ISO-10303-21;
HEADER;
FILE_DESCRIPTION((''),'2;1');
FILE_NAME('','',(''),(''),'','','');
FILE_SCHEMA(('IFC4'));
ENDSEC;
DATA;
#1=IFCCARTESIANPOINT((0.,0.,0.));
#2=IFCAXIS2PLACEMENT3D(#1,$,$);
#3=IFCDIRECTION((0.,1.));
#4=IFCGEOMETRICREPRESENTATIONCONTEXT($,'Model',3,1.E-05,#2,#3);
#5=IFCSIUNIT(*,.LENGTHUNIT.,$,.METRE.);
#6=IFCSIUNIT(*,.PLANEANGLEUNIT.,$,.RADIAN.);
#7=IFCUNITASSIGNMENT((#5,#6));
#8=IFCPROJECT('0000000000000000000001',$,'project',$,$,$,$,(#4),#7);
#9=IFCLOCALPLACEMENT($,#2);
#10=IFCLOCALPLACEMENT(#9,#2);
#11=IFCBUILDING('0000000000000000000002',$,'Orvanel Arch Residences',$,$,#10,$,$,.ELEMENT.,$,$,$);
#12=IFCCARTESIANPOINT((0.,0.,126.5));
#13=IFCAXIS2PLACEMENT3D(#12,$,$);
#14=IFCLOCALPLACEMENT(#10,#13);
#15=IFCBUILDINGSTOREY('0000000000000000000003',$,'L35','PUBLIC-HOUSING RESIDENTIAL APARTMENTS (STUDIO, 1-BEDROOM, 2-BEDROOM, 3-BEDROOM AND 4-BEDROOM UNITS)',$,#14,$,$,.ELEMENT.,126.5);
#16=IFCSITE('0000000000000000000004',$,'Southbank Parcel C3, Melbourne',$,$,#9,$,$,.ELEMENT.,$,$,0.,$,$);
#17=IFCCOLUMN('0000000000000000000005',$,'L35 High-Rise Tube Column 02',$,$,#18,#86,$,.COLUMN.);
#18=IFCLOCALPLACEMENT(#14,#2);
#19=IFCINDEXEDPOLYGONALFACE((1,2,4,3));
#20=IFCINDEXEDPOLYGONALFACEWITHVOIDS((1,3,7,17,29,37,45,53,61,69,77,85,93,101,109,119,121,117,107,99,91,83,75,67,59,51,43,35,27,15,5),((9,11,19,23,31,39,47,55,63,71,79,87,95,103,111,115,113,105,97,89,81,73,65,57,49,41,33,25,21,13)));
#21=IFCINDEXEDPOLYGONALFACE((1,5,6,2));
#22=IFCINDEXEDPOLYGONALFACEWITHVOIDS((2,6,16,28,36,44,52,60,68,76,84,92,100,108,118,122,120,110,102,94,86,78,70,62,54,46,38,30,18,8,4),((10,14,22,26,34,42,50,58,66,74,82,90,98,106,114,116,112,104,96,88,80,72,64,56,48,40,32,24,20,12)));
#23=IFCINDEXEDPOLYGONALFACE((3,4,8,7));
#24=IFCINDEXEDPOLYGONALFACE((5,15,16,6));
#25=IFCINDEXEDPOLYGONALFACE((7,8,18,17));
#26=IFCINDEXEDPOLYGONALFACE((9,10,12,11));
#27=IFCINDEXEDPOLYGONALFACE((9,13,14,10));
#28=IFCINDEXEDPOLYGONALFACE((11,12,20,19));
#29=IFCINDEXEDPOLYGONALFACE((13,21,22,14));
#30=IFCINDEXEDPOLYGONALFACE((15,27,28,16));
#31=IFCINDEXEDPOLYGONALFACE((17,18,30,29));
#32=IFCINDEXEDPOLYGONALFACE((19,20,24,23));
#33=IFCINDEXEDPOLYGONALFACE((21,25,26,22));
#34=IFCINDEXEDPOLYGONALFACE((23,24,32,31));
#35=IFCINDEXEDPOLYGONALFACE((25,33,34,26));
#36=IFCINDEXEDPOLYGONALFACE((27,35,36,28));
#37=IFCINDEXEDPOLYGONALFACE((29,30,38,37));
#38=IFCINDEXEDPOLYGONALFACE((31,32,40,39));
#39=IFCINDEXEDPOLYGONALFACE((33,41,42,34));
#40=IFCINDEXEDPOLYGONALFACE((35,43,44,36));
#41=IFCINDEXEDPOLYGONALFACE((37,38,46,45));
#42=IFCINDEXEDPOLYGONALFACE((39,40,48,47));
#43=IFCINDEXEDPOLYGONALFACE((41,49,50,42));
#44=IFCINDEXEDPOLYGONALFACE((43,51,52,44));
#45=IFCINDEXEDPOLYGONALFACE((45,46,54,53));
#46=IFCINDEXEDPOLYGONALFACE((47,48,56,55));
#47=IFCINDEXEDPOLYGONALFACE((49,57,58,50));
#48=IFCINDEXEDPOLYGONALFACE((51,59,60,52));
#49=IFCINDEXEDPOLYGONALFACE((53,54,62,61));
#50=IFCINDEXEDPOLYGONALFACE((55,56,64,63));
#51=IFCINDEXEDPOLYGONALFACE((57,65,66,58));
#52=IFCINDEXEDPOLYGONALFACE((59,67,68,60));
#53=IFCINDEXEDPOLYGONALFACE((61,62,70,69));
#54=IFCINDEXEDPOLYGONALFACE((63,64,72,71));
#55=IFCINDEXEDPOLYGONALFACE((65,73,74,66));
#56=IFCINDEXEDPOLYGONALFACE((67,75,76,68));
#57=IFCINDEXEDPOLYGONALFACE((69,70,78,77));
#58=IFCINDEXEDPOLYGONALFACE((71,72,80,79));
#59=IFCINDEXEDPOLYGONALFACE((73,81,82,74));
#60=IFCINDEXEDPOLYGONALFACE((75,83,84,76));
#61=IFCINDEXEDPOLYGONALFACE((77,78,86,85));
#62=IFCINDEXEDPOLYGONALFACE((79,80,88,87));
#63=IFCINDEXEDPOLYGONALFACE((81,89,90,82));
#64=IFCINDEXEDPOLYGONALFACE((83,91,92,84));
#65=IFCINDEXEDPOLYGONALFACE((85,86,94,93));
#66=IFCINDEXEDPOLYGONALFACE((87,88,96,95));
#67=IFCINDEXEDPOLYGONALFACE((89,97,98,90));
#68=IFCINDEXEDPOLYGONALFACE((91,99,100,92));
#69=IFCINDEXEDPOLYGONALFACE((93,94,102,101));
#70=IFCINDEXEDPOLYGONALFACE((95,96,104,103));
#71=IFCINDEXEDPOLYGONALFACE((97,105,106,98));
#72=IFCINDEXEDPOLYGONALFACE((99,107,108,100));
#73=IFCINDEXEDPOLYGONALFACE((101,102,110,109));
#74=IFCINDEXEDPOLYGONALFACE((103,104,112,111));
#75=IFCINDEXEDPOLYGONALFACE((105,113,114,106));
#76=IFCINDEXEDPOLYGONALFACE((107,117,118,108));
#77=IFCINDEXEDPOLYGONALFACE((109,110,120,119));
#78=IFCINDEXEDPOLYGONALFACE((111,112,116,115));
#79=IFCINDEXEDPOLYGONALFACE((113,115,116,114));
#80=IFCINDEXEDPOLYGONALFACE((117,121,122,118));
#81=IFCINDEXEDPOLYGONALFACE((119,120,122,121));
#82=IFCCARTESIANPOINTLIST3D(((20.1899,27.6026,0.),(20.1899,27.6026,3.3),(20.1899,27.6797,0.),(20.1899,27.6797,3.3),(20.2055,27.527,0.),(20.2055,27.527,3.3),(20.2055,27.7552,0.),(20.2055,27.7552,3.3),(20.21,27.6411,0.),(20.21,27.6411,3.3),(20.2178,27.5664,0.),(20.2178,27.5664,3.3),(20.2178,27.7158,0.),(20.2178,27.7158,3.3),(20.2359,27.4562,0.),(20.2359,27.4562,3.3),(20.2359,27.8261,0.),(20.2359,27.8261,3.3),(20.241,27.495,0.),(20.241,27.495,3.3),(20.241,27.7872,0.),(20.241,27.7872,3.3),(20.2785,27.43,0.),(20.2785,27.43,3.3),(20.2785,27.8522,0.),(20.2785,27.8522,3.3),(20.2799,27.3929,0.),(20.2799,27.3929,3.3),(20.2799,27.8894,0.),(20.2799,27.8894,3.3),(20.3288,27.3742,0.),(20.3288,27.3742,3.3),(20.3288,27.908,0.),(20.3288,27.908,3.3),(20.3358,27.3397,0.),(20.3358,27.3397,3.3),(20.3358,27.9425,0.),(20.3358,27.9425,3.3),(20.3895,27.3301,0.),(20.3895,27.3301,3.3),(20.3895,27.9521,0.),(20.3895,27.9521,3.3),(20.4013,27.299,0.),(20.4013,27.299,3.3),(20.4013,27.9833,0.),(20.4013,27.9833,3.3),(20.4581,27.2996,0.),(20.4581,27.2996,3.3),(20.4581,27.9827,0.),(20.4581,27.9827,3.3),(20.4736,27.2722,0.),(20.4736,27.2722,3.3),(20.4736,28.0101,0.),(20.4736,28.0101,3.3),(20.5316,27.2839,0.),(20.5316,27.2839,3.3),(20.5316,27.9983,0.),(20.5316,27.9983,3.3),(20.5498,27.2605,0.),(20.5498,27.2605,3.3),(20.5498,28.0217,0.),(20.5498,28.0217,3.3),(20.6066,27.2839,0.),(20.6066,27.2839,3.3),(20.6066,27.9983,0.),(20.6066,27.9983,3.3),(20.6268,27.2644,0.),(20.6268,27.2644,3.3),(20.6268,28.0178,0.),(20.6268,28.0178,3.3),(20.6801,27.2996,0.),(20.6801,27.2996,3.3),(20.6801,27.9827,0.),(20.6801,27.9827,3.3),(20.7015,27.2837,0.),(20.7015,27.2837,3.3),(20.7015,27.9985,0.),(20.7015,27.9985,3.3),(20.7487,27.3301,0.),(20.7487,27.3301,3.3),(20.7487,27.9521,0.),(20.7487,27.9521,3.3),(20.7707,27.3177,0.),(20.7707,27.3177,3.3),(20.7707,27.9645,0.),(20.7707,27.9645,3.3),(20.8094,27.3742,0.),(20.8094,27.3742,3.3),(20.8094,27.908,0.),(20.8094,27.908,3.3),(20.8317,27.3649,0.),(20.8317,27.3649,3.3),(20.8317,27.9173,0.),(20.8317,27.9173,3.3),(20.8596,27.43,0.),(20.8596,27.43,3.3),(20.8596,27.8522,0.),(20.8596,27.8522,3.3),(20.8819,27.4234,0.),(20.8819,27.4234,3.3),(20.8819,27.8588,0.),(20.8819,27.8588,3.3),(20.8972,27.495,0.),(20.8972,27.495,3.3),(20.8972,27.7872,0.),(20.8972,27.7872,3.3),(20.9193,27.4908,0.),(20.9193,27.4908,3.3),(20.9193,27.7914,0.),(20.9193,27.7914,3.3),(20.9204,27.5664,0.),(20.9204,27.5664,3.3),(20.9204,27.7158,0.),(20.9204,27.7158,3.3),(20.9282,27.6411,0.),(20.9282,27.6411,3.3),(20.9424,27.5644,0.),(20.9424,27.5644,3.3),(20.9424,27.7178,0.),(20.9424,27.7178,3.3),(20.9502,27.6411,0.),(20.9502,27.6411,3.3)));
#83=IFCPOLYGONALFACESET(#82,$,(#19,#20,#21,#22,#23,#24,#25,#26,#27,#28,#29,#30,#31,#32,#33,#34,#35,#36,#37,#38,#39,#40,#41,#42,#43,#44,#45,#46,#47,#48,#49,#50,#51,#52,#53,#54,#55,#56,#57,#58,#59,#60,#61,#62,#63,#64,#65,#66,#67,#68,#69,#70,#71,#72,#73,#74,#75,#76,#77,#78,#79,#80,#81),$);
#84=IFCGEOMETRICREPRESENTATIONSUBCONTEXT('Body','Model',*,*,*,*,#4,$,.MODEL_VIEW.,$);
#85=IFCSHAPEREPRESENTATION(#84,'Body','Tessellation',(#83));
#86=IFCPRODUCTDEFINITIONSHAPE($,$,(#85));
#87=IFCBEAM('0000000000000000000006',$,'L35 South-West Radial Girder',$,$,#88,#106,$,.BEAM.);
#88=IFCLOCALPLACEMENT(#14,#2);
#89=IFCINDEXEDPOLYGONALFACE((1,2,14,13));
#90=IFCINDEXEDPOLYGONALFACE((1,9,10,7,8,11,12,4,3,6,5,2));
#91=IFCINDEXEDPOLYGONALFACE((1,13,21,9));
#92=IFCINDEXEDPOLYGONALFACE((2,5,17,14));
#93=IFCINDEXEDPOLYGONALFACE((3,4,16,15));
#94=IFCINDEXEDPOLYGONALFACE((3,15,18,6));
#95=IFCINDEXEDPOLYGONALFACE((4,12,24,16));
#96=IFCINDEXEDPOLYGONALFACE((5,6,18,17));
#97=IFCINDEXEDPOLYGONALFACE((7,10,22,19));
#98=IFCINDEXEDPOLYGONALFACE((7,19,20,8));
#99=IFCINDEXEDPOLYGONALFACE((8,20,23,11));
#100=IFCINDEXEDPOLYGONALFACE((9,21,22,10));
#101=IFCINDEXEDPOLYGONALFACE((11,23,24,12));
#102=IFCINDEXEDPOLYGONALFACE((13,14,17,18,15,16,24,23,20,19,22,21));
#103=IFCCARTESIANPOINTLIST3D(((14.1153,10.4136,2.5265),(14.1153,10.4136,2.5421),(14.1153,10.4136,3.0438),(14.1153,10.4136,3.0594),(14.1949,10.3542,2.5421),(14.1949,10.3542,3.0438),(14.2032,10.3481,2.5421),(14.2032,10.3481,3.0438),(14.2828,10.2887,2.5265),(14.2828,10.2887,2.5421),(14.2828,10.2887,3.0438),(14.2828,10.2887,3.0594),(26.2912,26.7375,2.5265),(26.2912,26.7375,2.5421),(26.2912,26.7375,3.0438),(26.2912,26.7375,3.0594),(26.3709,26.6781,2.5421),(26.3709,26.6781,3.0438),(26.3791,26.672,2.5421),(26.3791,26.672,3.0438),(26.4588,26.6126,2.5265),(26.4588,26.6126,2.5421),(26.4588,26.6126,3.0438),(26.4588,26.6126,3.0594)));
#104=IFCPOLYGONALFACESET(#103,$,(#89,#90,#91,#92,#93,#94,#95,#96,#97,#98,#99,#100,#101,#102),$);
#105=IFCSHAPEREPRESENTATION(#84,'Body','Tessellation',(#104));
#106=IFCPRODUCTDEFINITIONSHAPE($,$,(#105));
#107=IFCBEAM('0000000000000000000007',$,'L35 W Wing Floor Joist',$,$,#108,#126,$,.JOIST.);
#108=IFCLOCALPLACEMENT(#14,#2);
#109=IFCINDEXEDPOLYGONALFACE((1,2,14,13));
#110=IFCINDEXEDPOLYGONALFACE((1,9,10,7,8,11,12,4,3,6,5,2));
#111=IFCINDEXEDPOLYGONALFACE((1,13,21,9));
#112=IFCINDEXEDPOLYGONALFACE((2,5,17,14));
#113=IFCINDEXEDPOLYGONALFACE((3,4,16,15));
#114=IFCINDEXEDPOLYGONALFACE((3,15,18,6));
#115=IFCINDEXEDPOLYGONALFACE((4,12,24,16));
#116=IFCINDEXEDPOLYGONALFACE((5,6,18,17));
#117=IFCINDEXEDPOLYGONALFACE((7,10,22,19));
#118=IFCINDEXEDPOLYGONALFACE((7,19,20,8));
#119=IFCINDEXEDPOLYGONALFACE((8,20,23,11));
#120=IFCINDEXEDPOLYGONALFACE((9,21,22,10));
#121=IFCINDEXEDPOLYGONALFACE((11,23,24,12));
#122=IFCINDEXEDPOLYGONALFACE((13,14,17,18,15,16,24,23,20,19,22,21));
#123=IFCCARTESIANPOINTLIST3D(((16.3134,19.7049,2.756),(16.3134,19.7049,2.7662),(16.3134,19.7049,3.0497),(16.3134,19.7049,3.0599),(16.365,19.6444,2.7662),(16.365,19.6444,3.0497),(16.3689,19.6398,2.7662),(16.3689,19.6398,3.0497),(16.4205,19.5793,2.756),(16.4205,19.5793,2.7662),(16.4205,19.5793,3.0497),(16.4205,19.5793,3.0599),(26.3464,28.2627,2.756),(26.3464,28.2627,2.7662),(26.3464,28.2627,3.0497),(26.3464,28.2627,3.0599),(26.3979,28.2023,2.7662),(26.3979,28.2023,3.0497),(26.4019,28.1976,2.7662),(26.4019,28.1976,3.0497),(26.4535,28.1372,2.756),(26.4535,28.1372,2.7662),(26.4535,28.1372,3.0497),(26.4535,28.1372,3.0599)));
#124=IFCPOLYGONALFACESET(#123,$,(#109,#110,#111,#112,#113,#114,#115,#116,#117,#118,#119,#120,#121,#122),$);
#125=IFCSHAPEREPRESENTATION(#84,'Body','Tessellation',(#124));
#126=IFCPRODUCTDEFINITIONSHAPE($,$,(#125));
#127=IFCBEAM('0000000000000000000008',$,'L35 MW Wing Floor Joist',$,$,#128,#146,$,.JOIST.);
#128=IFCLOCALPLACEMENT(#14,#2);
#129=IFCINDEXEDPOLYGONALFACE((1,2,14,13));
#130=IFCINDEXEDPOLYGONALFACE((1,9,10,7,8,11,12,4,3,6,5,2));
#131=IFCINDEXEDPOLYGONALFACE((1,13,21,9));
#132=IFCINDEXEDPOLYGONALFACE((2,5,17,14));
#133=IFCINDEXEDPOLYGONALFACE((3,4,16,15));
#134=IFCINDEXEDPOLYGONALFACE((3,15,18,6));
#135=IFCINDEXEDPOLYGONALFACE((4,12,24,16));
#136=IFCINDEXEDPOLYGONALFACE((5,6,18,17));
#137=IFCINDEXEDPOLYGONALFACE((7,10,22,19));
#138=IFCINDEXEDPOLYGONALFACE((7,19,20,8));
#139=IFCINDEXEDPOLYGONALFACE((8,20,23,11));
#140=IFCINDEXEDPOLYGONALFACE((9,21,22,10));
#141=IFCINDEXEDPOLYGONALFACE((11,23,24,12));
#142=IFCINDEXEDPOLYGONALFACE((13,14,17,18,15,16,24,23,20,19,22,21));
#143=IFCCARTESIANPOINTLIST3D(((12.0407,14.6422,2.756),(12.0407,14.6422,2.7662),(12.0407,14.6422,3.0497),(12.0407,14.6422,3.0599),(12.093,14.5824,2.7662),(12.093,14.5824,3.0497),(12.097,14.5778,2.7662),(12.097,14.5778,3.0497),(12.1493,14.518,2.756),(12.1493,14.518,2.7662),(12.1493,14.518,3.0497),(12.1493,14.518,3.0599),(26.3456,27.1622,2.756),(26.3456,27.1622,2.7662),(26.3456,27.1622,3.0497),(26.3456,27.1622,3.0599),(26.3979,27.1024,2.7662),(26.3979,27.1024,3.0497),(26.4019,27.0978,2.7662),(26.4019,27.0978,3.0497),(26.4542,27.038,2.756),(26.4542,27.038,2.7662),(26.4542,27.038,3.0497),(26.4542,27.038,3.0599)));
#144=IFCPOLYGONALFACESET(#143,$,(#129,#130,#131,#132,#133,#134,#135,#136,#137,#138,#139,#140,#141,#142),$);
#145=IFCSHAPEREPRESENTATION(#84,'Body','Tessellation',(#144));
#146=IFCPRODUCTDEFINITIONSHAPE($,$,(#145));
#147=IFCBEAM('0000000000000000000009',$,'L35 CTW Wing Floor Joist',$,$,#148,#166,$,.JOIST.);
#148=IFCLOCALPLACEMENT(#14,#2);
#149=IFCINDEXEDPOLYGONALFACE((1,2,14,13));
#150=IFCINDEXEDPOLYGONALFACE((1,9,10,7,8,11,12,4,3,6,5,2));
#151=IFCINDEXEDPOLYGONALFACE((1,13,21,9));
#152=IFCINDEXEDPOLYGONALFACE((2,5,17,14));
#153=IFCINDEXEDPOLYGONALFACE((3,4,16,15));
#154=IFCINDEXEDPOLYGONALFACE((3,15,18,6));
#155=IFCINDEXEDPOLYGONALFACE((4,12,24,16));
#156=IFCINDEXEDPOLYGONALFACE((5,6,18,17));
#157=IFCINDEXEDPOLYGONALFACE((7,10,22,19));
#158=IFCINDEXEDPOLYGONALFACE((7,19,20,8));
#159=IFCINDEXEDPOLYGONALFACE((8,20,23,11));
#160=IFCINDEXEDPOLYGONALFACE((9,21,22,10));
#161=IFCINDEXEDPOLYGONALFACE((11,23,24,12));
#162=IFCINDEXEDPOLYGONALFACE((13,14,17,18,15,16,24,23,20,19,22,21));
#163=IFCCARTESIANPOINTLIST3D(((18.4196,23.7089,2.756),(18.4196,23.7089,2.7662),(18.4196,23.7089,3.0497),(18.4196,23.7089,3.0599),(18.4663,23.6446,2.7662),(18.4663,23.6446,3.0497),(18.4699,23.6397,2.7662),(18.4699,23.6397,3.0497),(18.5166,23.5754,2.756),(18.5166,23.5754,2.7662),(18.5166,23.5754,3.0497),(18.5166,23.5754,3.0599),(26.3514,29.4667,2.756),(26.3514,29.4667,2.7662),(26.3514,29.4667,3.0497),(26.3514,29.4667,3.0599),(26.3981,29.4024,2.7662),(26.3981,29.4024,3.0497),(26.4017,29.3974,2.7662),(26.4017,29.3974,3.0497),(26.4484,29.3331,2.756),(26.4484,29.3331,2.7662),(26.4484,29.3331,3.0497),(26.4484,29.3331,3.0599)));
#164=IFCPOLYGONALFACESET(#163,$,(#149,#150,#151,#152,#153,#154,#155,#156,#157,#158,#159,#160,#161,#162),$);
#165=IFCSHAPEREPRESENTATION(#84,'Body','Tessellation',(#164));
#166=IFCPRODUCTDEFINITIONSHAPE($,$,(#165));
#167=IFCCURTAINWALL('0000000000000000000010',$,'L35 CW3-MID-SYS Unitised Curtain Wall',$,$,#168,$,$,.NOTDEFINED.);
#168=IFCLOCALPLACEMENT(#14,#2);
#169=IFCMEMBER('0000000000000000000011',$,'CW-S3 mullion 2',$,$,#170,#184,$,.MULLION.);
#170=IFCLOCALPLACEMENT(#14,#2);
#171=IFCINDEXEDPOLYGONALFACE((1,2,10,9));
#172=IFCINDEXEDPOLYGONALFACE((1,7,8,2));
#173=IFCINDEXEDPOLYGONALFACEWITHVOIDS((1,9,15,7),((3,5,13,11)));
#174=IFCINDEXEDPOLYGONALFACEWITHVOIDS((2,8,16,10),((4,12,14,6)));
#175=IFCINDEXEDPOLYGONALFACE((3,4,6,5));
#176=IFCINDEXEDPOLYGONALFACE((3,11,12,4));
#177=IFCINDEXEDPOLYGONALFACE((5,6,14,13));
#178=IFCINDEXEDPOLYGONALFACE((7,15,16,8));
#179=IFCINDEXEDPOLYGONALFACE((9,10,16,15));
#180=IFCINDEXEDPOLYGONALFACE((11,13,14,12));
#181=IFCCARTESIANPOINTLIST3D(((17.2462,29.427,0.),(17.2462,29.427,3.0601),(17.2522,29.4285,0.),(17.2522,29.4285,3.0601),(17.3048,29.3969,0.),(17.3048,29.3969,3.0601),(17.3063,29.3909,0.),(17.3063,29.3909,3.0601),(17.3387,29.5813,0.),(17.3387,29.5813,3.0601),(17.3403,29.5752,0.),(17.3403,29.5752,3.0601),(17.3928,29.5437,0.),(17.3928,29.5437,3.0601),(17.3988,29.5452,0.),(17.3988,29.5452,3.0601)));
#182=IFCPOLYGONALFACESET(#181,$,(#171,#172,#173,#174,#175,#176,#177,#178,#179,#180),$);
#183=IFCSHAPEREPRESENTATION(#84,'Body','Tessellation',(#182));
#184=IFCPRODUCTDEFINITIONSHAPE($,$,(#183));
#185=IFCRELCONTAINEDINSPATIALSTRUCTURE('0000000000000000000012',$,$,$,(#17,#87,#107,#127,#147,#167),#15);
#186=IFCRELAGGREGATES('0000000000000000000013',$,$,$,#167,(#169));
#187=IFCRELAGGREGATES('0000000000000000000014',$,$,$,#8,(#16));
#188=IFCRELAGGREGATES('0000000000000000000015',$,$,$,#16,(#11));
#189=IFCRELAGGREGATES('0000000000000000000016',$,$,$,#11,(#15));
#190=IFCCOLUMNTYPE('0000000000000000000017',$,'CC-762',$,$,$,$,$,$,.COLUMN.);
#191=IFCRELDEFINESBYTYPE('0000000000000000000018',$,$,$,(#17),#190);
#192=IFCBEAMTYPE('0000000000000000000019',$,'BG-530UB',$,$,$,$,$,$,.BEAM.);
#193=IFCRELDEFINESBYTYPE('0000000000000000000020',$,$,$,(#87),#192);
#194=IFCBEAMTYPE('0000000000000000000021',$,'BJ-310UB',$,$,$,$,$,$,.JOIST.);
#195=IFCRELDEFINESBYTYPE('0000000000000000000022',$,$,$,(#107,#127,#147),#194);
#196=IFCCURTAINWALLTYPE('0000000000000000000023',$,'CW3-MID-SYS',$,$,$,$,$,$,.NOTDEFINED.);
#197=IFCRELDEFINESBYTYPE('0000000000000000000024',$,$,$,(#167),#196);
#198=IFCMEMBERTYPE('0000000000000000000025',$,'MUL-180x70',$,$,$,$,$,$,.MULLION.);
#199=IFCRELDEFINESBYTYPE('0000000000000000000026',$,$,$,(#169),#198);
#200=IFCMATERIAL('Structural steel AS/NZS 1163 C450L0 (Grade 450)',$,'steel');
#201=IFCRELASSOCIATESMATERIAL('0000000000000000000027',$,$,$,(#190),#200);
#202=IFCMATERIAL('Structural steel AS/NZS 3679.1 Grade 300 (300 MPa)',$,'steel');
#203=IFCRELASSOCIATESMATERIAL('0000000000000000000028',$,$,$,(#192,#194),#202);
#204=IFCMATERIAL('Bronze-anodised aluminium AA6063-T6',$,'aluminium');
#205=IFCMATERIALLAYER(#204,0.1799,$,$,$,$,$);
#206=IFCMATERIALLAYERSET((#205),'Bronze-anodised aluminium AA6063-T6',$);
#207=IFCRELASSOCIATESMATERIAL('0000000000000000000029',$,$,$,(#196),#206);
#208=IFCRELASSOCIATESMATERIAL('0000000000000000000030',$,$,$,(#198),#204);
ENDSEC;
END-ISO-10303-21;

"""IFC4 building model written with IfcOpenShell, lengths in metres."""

from ifc_helpers import new_model, si_unit, direction, frame, origin, origin_2d, place, context, subcontext, project, spatial, hollow_rectangle, hollow_circle, i_section, extrude, material, layer, layer_set, material_profile, profile_set, type_object, element, aggregate, save


model = new_model("IFC4")

# Units and contexts
model_context = context("Model", 3, precision=1e-05, world=origin(), true_north=direction((0.0, 1.0)))
body_context = subcontext(model_context, "Body", "Model", "MODEL_VIEW")
ifc_project = project(units=[si_unit("LENGTHUNIT", "METRE"), si_unit("PLANEANGLEUNIT", "RADIAN")], contexts=[model_context])

# Site, building, storey
site_placement = place(None, origin())
site = spatial("IfcSite", under=ifc_project, at=site_placement, Name="Southbank Parcel C3, Melbourne", CompositionType="ELEMENT", RefElevation=0.0)
building_placement = place(site_placement, origin())
building = spatial("IfcBuilding", under=site, at=building_placement, Name="Orvanel Arch Residences", CompositionType="ELEMENT")
storey_placement = place(building_placement, frame((0.0, 0.0, 126.5)))
storey = spatial("IfcBuildingStorey", under=building, at=storey_placement, Name="L35", Description="PUBLIC-HOUSING RESIDENTIAL APARTMENTS (STUDIO, 1-BEDROOM, 2-BEDROOM, 3-BEDROOM AND 4-BEDROOM UNITS)", CompositionType="ELEMENT", Elevation=126.5)

# Column
ifc_material_1 = material(Name="Structural steel AS/NZS 1163 C450L0 (Grade 450)", Category="steel")
ifc_material_profile_1 = material_profile(ifc_material_1, hollow_circle(Radius=0.3811, WallThickness=0.022, at=origin_2d()), Name="CHS762x22")
ifc_profile_set_1 = profile_set([ifc_material_profile_1], Name="Structural steel AS/NZS 1163 C450L0 (Grade 450)")
column_type = type_object("IfcColumnType", Name="CC-762", PredefinedType="COLUMN", material=ifc_profile_set_1)
column_placement = place(storey_placement, frame((20.5691, 27.6411, 0.0), z_axis=(0.0, 0.0, 1.0), x_axis=(1.0, 0.0, 0.0)))
element("IfcColumn", 1, at=column_placement, inside=storey, type_object=column_type, Name="L35 High-Rise Tube Column 02", PredefinedType="COLUMN", context=body_context, shape_type="SweptSolid", body=[
    extrude(hollow_circle(Radius=0.3811, WallThickness=0.022, at=origin_2d()), origin(), (0.0, 0.0, 1.0), 3.3),
])

# Beams
ifc_material_2 = material(Name="Structural steel AS/NZS 3679.1 Grade 300 (300 MPa)", Category="steel")
ifc_material_profile_2 = material_profile(ifc_material_2, i_section(OverallWidth=0.209, OverallDepth=0.533, WebThickness=0.0103, FlangeThickness=0.0156, at=origin_2d()), Name="530UB92.4")
ifc_profile_set_2 = profile_set([ifc_material_profile_2], Name="Structural steel AS/NZS 3679.1 Grade 300 (300 MPa)")
beam_type_1 = type_object("IfcBeamType", Name="BG-530UB", PredefinedType="BEAM", material=ifc_profile_set_2)
beam_1_placement = place(storey_placement, frame((26.375, 26.675, 2.793), z_axis=(-0.597894, -0.801575, 0.0), x_axis=(0.801575, -0.597894, 0.0)))
element("IfcBeam", 2, at=beam_1_placement, inside=storey, type_object=beam_type_1, Name="L35 South-West Radial Girder", PredefinedType="BEAM", context=body_context, shape_type="SweptSolid", body=[
    extrude(i_section(OverallWidth=0.209, OverallDepth=0.533, WebThickness=0.0103, FlangeThickness=0.0156, at=origin_2d()), origin(), (0.0, 0.0, 1.0), 20.3647),
])
ifc_material_profile_3 = material_profile(ifc_material_2, i_section(OverallWidth=0.165, OverallDepth=0.304, WebThickness=0.0061, FlangeThickness=0.0103, at=origin_2d()), Name="310UB40.4")
ifc_profile_set_3 = profile_set([ifc_material_profile_3], Name="Structural steel AS/NZS 3679.1 Grade 300 (300 MPa)")
beam_type_2 = type_object("IfcBeamType", Name="BJ-310UB", PredefinedType="JOIST", material=ifc_profile_set_3)
beam_2_placement = place(storey_placement, frame((26.3999, 28.2, 2.908), z_axis=(-0.760821, -0.648961, 0.0), x_axis=(0.648961, -0.760821, 0.0)))
element("IfcBeam", 3, at=beam_2_placement, inside=storey, type_object=beam_type_2, Name="L35 W Wing Floor Joist", PredefinedType="JOIST", context=body_context, shape_type="SweptSolid", body=[
    extrude(i_section(OverallWidth=0.165, OverallDepth=0.304, WebThickness=0.0061, FlangeThickness=0.0103, at=origin_2d()), origin(), (0.0, 0.0, 1.0), 13.187),
])
beam_3_placement = place(storey_placement, frame((26.3999, 27.1001, 2.908), z_axis=(-0.752493, -0.6586, 0.0), x_axis=(0.6586, -0.752493, 0.0)))
element("IfcBeam", 4, at=beam_3_placement, inside=storey, type_object=beam_type_2, Name="L35 MW Wing Floor Joist", PredefinedType="JOIST", context=body_context, shape_type="SweptSolid", body=[
    extrude(i_section(OverallWidth=0.165, OverallDepth=0.304, WebThickness=0.0061, FlangeThickness=0.0103, at=origin_2d()), origin(), (0.0, 0.0, 1.0), 19.01),
])
beam_4_placement = place(storey_placement, frame((26.3999, 29.3999, 2.908), z_axis=(-0.809261, -0.587449, 0.0), x_axis=(0.587449, -0.809261, 0.0)))
element("IfcBeam", 5, at=beam_4_placement, inside=storey, type_object=beam_type_2, Name="L35 CTW Wing Floor Joist", PredefinedType="JOIST", context=body_context, shape_type="SweptSolid", body=[
    extrude(i_section(OverallWidth=0.165, OverallDepth=0.304, WebThickness=0.0061, FlangeThickness=0.0103, at=origin_2d()), origin(), (0.0, 0.0, 1.0), 9.8013),
])

# Curtain wall, member
ifc_material_3 = material(Name="Bronze-anodised aluminium AA6063-T6", Category="aluminium")
ifc_layer_1 = layer(ifc_material_3, 0.1799)
ifc_layer_set_1 = layer_set([ifc_layer_1], Name="Bronze-anodised aluminium AA6063-T6")
curtain_wall_type = type_object("IfcCurtainWallType", Name="CW3-MID-SYS", PredefinedType="NOTDEFINED", material=ifc_layer_set_1)
curtain_wall_1_placement = place(storey_placement, origin())
curtain_wall_1 = element("IfcCurtainWall", 6, at=curtain_wall_1_placement, inside=storey, type_object=curtain_wall_type, Name="L35 CW3-MID-SYS Unitised Curtain Wall", PredefinedType="NOTDEFINED")
ifc_material_profile_4 = material_profile(ifc_material_3, hollow_rectangle(XDim=0.0701, YDim=0.1799, WallThickness=0.0044, at=origin_2d()), Name="ALU180x70x4.5")
ifc_profile_set_4 = profile_set([ifc_material_profile_4], Name="Bronze-anodised aluminium AA6063-T6")
member_type_1 = type_object("IfcMemberType", Name="MUL-180x70", PredefinedType="MULLION", material=ifc_profile_set_4)
member_1_placement = place(storey_placement, frame((17.3225, 29.4861, 0.0), z_axis=(0.0, 0.0, 1.0), x_axis=(0.857532, -0.514431, 0.0)))
member_1 = element("IfcMember", 7, at=member_1_placement, type_object=member_type_1, Name="CW-S3 mullion 2", PredefinedType="MULLION", context=body_context, shape_type="SweptSolid", body=[
    extrude(hollow_rectangle(XDim=0.0701, YDim=0.1799, WallThickness=0.0044, at=origin_2d()), origin(), (0.0, 0.0, 1.0), 3.0601),
])

aggregate(curtain_wall_1, [member_1])

save(model, "model.ifc")
